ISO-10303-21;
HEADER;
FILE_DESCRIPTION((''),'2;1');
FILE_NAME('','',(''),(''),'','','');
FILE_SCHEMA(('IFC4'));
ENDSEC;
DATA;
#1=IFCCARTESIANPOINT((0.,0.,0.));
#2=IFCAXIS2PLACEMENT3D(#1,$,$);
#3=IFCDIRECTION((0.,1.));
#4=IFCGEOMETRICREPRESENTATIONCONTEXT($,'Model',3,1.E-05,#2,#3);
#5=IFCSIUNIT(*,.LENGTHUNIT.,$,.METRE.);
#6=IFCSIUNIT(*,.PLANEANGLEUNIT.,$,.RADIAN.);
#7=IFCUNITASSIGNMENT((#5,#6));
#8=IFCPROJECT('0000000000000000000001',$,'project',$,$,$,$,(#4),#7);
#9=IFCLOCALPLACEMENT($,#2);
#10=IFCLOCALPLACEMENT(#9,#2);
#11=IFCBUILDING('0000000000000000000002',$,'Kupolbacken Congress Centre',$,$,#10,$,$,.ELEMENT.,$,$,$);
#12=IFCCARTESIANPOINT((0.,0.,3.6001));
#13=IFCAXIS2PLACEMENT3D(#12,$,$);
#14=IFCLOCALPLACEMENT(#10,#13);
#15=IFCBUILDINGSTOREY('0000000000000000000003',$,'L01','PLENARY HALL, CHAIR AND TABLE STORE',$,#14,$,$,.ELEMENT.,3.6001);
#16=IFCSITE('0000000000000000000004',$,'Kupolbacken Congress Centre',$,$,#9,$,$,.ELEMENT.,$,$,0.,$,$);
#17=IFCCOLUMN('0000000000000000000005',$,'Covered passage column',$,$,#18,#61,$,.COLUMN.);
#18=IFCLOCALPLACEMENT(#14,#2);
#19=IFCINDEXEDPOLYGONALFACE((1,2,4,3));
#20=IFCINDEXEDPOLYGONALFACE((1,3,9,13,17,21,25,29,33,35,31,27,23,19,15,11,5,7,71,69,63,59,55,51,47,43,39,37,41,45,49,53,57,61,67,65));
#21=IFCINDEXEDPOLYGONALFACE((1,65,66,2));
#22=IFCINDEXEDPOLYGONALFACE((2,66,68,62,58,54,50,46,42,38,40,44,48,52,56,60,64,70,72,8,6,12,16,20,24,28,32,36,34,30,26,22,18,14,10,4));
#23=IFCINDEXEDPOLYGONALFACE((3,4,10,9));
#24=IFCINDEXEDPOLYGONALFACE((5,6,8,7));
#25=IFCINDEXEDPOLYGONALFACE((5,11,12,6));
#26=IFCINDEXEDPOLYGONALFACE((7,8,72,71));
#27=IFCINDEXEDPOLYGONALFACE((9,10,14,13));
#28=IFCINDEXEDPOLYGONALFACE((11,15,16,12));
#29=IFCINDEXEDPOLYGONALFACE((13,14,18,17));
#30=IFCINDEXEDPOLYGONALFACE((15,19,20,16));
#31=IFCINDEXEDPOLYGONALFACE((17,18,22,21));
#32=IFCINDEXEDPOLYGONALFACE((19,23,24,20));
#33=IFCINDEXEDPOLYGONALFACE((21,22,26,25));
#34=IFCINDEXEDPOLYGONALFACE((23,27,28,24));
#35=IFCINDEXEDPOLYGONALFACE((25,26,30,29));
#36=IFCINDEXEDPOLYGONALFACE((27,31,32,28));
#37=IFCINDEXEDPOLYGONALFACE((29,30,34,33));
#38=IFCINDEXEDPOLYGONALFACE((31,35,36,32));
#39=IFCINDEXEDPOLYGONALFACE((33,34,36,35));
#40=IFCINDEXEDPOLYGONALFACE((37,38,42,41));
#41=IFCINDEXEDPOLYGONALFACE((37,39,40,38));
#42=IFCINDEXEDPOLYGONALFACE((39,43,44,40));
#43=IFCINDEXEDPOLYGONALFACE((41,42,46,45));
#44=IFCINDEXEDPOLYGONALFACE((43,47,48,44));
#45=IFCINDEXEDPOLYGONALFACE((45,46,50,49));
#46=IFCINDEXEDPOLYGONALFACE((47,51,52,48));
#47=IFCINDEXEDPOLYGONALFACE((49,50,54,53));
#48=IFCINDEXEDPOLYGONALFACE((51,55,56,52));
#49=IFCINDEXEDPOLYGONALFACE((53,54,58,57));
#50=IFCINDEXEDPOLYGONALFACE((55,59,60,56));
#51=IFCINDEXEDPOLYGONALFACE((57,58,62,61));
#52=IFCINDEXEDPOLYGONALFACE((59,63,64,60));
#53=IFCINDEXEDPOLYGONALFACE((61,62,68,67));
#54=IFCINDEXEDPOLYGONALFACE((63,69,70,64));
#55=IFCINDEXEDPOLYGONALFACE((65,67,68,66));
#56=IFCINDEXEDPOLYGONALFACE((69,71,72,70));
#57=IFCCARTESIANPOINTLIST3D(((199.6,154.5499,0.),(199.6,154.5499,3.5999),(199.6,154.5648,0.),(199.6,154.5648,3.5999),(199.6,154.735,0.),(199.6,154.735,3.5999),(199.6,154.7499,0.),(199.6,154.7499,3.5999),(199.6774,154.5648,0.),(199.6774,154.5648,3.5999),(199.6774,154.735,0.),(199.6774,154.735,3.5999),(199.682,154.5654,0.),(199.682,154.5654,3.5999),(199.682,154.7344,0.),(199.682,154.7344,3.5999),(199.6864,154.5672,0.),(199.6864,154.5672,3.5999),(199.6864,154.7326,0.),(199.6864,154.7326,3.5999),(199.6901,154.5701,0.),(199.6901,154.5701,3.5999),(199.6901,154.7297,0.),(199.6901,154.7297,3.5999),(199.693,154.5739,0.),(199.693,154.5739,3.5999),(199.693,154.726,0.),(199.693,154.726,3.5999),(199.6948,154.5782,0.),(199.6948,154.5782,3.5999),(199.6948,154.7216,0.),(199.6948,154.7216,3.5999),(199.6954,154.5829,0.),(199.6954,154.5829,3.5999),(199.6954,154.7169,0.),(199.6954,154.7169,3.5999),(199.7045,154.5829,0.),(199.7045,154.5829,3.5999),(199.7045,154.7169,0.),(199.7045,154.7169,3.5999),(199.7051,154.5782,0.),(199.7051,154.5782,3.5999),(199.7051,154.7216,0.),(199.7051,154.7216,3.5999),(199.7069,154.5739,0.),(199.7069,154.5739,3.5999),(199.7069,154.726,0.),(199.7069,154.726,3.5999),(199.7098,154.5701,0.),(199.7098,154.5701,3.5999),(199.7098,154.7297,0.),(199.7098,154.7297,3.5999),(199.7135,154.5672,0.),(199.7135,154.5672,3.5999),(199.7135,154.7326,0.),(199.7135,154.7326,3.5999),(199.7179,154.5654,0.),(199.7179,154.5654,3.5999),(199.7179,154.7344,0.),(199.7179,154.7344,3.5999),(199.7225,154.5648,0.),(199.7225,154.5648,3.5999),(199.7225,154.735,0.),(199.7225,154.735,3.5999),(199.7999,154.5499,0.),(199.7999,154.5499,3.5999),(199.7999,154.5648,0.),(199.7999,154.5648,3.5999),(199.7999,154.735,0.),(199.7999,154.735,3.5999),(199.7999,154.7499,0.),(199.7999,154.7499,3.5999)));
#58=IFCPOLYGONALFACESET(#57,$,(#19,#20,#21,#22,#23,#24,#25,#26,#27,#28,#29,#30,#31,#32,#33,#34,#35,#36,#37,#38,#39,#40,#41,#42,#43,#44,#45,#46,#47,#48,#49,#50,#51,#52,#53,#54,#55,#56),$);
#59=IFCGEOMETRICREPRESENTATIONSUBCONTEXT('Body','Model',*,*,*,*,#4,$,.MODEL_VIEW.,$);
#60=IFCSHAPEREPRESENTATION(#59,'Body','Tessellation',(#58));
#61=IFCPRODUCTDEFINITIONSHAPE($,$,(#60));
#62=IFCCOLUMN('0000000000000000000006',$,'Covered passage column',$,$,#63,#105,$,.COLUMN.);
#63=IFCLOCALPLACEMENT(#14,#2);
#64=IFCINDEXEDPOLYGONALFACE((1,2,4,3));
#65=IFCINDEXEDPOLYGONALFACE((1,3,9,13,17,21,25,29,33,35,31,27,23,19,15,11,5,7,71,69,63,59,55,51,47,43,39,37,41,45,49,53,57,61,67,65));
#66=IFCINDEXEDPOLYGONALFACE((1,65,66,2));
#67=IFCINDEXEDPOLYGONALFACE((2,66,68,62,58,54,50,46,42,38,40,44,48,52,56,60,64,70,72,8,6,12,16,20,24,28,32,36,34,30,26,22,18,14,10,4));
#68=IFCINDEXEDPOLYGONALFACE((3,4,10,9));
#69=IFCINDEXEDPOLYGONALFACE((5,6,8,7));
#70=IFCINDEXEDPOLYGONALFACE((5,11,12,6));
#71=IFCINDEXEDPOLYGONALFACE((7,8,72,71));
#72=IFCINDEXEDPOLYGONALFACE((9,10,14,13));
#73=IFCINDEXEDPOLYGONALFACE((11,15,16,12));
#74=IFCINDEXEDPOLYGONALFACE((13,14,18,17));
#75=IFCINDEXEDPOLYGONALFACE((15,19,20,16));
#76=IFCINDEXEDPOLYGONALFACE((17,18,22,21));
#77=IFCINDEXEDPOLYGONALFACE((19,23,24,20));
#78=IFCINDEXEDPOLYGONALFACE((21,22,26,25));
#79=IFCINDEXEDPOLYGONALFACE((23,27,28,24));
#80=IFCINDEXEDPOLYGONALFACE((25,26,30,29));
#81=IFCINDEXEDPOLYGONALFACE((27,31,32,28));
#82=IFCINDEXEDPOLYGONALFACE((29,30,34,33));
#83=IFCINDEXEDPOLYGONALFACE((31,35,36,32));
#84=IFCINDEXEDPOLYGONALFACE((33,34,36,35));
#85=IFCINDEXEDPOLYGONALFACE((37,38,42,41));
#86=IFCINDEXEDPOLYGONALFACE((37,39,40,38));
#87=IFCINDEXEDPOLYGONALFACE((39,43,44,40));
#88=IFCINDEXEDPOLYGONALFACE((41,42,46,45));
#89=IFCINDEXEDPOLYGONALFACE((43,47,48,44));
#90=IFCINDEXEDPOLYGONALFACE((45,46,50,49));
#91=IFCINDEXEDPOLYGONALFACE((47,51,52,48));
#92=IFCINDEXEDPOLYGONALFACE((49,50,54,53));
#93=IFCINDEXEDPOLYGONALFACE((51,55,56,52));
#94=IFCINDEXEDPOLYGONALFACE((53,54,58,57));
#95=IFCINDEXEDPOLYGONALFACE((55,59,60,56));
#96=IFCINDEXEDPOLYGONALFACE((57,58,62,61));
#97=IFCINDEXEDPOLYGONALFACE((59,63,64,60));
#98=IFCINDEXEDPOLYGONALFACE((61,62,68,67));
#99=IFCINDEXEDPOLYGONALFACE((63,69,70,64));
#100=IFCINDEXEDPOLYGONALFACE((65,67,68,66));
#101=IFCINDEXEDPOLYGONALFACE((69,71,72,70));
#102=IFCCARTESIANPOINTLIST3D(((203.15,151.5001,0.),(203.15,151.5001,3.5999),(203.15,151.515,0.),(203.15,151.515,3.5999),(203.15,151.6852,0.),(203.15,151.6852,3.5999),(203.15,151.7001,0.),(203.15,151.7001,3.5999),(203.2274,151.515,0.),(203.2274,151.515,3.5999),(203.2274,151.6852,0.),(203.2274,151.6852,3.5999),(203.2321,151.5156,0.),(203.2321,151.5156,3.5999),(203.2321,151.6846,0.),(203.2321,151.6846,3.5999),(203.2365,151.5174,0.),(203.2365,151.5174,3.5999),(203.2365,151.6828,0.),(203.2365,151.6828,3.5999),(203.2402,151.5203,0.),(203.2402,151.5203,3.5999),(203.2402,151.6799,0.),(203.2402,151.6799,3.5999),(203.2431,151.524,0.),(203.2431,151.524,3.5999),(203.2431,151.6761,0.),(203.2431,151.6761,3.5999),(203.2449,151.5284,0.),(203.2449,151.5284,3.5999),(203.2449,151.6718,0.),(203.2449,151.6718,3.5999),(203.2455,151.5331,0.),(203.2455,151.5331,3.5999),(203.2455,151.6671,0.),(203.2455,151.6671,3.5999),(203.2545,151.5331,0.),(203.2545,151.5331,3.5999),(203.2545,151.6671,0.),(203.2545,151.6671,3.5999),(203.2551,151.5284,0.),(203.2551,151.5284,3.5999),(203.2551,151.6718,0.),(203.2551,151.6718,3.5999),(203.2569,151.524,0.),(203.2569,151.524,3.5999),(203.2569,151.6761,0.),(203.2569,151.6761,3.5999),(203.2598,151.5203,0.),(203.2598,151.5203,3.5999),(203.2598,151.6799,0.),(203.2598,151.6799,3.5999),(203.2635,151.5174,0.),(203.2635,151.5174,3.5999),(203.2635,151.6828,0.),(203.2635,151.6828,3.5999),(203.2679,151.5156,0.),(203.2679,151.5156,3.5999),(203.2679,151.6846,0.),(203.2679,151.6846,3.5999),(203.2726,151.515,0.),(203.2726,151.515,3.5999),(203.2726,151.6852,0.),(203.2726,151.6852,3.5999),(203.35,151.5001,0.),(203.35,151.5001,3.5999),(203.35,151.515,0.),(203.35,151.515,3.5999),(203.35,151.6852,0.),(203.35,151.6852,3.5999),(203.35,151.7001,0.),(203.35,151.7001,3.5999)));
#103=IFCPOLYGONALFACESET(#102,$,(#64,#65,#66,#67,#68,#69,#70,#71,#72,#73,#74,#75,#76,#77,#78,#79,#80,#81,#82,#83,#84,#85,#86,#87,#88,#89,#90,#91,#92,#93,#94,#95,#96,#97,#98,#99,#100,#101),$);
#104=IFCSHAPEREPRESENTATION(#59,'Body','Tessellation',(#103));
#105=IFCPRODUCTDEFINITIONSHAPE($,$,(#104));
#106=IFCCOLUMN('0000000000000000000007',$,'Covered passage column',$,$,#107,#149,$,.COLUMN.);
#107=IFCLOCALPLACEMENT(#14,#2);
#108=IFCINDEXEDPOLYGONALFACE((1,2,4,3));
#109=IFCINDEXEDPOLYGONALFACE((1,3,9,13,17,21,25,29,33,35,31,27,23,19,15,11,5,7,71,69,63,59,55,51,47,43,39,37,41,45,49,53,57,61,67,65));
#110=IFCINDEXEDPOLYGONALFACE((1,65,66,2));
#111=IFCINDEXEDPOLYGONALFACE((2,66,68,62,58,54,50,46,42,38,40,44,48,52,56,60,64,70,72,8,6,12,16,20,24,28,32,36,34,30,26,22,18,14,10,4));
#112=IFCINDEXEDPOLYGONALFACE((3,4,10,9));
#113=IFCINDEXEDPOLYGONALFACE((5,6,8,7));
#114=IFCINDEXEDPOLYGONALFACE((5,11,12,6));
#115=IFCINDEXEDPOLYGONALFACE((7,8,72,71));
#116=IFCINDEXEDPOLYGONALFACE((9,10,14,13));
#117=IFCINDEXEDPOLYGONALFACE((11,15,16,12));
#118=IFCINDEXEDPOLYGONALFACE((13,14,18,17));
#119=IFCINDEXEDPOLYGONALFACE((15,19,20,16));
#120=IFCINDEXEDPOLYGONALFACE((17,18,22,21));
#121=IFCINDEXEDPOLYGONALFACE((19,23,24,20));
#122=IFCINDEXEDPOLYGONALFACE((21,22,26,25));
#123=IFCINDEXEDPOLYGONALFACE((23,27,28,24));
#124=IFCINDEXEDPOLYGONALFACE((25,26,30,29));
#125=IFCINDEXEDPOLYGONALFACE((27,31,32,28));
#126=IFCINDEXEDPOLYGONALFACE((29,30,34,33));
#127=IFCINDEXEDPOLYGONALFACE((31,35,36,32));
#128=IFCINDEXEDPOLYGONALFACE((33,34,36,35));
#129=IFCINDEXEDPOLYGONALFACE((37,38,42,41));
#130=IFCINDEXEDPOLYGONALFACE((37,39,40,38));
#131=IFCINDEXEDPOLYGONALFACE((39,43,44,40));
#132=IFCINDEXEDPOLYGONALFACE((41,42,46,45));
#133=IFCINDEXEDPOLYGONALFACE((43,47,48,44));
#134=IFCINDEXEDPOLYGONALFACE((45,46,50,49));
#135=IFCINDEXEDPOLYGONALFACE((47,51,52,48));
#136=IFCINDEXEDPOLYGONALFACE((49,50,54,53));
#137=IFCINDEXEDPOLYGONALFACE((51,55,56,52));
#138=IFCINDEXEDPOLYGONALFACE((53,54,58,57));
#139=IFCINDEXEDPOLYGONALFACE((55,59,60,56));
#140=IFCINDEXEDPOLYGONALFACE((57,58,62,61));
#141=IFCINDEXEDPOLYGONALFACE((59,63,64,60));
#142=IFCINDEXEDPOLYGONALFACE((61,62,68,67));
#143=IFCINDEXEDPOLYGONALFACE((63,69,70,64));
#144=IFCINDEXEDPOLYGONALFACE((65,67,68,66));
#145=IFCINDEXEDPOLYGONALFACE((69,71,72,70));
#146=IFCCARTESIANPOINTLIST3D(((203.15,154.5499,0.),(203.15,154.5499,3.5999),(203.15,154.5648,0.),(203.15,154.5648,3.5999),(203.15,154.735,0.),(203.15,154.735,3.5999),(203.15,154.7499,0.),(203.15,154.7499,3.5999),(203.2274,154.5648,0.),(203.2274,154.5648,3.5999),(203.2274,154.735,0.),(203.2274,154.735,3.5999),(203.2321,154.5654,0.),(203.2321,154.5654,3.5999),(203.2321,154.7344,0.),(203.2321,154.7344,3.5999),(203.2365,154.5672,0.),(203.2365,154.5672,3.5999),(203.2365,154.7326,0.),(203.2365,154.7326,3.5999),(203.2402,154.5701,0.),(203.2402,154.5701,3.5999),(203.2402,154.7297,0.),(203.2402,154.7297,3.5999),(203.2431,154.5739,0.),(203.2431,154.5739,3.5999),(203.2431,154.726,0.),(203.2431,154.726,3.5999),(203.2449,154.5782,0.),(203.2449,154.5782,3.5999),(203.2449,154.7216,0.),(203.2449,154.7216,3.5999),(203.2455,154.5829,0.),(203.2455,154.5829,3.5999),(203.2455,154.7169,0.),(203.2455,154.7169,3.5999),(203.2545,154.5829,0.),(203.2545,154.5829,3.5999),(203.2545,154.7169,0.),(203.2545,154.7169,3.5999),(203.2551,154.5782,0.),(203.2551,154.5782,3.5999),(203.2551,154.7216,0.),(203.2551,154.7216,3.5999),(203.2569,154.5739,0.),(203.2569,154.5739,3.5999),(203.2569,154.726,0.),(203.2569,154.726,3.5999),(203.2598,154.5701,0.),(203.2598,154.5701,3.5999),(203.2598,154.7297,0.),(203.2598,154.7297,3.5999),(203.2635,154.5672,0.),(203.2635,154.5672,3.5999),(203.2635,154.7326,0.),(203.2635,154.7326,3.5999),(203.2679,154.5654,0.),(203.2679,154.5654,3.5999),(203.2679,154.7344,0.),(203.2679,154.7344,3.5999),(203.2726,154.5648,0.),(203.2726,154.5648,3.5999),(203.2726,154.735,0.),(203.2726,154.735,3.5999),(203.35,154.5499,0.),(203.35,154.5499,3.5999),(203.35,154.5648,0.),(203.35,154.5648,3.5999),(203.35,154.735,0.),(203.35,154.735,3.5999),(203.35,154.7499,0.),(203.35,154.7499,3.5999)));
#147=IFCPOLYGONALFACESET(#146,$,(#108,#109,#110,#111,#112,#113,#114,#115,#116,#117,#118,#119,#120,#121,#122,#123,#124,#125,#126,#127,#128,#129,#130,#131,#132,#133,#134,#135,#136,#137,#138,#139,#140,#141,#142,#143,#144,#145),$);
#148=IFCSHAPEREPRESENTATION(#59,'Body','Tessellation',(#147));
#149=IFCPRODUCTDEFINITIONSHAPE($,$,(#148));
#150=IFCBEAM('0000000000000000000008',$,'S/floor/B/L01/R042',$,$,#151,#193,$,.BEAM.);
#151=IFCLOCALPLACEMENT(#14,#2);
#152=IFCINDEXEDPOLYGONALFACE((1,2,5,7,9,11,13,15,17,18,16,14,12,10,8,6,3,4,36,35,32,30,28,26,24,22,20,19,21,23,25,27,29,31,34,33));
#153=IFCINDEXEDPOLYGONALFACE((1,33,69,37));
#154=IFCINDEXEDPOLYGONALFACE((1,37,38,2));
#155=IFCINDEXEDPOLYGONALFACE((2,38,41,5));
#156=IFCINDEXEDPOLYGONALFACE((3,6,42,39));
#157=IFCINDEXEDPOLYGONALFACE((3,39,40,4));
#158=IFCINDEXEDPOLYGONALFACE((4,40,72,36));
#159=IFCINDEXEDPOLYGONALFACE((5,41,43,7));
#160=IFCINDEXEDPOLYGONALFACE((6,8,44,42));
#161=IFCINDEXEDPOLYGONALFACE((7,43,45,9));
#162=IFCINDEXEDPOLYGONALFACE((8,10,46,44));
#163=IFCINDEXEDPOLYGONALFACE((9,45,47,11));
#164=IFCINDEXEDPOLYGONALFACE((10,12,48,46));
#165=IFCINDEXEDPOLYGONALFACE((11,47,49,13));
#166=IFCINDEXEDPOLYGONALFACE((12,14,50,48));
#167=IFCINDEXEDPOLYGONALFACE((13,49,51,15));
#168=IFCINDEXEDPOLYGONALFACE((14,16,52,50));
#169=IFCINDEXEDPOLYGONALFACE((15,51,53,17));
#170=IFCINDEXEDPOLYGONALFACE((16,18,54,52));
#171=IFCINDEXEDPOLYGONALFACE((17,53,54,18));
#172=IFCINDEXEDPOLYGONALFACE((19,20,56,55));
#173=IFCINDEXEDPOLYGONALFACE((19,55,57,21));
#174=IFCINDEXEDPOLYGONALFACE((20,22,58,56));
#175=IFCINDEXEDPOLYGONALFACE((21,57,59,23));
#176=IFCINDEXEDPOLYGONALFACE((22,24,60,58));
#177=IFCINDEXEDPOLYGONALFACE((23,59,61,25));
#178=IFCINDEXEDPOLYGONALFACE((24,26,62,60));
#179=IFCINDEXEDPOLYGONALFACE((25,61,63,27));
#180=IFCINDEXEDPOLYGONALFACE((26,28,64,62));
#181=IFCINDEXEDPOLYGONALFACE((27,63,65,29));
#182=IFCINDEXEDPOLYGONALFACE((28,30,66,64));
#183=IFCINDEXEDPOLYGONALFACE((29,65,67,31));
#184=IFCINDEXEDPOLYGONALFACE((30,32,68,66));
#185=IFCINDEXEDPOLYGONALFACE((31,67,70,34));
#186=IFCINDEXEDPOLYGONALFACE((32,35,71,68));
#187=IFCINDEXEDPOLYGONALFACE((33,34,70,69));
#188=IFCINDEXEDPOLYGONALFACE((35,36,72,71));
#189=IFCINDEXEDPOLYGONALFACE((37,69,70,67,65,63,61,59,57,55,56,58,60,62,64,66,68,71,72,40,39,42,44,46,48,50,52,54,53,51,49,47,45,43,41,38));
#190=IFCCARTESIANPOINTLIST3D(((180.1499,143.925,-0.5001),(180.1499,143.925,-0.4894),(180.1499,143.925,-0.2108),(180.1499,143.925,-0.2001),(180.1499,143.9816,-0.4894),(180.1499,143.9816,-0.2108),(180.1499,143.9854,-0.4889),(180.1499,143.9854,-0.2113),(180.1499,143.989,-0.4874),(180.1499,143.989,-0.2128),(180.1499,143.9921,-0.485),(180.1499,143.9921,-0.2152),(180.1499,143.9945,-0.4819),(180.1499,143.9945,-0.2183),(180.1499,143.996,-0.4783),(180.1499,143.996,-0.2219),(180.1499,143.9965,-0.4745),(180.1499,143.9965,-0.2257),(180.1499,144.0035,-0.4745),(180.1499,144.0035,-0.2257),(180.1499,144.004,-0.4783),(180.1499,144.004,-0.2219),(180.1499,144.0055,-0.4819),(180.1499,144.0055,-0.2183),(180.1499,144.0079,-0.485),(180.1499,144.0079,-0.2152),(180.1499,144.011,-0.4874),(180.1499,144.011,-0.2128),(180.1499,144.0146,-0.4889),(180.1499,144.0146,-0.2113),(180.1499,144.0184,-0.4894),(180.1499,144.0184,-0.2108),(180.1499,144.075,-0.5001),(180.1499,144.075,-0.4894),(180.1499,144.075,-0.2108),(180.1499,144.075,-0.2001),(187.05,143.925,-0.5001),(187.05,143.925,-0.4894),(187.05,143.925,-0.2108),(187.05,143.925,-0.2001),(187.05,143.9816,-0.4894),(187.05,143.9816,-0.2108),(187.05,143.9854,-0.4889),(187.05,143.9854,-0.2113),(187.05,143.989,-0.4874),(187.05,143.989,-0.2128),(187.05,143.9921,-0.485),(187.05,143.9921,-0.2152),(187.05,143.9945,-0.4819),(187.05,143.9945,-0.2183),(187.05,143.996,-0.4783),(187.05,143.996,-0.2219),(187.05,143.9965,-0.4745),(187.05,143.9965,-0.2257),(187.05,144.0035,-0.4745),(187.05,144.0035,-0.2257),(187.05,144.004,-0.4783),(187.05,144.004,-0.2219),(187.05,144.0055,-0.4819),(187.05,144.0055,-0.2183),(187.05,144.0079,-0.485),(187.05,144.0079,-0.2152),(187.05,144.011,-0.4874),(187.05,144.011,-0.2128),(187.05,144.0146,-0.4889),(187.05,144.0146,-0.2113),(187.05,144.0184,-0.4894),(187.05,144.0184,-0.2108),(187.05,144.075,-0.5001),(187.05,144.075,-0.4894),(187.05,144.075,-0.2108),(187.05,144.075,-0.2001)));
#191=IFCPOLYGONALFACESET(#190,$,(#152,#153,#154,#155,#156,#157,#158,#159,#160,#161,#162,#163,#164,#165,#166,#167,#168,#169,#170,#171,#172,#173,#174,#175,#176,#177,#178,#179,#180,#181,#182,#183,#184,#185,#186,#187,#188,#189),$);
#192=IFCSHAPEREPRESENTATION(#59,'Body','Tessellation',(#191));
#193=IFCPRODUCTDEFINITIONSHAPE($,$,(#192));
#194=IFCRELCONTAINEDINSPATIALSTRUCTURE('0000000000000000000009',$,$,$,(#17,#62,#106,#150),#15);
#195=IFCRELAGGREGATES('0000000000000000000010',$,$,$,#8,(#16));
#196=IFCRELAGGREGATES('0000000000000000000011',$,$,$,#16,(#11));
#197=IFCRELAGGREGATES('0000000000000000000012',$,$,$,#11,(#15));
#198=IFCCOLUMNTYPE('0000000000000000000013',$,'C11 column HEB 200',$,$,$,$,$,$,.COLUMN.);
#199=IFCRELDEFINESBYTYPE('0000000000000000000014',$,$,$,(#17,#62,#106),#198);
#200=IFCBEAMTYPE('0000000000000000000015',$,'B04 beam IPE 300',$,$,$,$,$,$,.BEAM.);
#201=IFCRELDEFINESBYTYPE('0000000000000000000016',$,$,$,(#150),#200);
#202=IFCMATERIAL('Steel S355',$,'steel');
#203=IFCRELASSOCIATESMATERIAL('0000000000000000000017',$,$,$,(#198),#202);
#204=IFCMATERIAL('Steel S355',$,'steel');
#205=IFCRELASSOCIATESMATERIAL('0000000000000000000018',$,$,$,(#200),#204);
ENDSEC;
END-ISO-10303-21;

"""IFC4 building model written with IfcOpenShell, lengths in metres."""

from ifc_helpers import new_model, si_unit, direction, frame, origin, origin_2d, place, context, subcontext, project, spatial, i_section, extrude, material, material_profile, profile_set, type_object, element, save


model = new_model("IFC4")

# Units and contexts
model_context = context("Model", 3, precision=1e-05, world=origin(), true_north=direction((0.0, 1.0)))
body_context = subcontext(model_context, "Body", "Model", "MODEL_VIEW")
ifc_project = project(units=[si_unit("LENGTHUNIT", "METRE"), si_unit("PLANEANGLEUNIT", "RADIAN")], contexts=[model_context])

# Site, building, storey
site_placement = place(None, origin())
site = spatial("IfcSite", under=ifc_project, at=site_placement, Name="Kupolbacken Congress Centre", CompositionType="ELEMENT", RefElevation=0.0)
building_placement = place(site_placement, origin())
building = spatial("IfcBuilding", under=site, at=building_placement, Name="Kupolbacken Congress Centre", CompositionType="ELEMENT")
storey_placement = place(building_placement, frame((0.0, 0.0, 3.6001)))
storey = spatial("IfcBuildingStorey", under=building, at=storey_placement, Name="L01", Description="PLENARY HALL, CHAIR AND TABLE STORE", CompositionType="ELEMENT", Elevation=3.6001)

# Columns
ifc_material_1 = material(Name="Steel S355", Category="steel")
ifc_material_profile_1 = material_profile(ifc_material_1, i_section(OverallWidth=0.2, OverallDepth=0.2, WebThickness=0.009, FlangeThickness=0.0149, FilletRadius=0.0181, at=origin_2d()), Name="HEB 200")
ifc_profile_set_1 = profile_set([ifc_material_profile_1], Name="Steel S355")
column_type_1 = type_object("IfcColumnType", Name="C11 column HEB 200", PredefinedType="COLUMN", material=ifc_profile_set_1)
for number, where, z_axis, x_axis, name in (
    (1, (199.7, 154.6499, 0.0), (0.0, 0.0, 1.0), (1.0, 0.0, 0.0), "Covered passage column"),
    (2, (203.25, 151.6001, 0.0), (0.0, 0.0, 1.0), (1.0, 0.0, 0.0), "Covered passage column"),
    (3, (203.25, 154.6499, 0.0), (0.0, 0.0, 1.0), (1.0, 0.0, 0.0), "Covered passage column"),
):
    element("IfcColumn", number, at=place(storey_placement, frame(where, z_axis=z_axis, x_axis=x_axis)), inside=storey, type_object=column_type_1, Name=name, PredefinedType="COLUMN", context=body_context, shape_type="SweptSolid", body=[
        extrude(i_section(OverallWidth=0.2, OverallDepth=0.2, WebThickness=0.009, FlangeThickness=0.0149, FilletRadius=0.0181, at=origin_2d()), origin(), (0.0, 0.0, 1.0), 3.5999),
    ])

# Beam
ifc_material_2 = material(Name="Steel S355", Category="steel")
ifc_material_profile_2 = material_profile(ifc_material_2, i_section(OverallWidth=0.1499, OverallDepth=0.3, WebThickness=0.0071, FlangeThickness=0.0107, FilletRadius=0.0149, at=origin_2d()), Name="IPE 300")
ifc_profile_set_2 = profile_set([ifc_material_profile_2], Name="Steel S355")
beam_type_1 = type_object("IfcBeamType", Name="B04 beam IPE 300", PredefinedType="BEAM", material=ifc_profile_set_2)
beam_placement = place(storey_placement, frame((180.1499, 144.0, -0.3501), z_axis=(1.0, 0.0, 0.0), x_axis=(0.0, 1.0, 0.0)))
element("IfcBeam", 4, at=beam_placement, inside=storey, type_object=beam_type_1, Name="S/floor/B/L01/R042", PredefinedType="BEAM", context=body_context, shape_type="SweptSolid", body=[
    extrude(i_section(OverallWidth=0.1499, OverallDepth=0.3, WebThickness=0.0071, FlangeThickness=0.0107, FilletRadius=0.0149, at=origin_2d()), origin(), (0.0, 0.0, 1.0), 6.9001),
])

save(model, "model.ifc")
